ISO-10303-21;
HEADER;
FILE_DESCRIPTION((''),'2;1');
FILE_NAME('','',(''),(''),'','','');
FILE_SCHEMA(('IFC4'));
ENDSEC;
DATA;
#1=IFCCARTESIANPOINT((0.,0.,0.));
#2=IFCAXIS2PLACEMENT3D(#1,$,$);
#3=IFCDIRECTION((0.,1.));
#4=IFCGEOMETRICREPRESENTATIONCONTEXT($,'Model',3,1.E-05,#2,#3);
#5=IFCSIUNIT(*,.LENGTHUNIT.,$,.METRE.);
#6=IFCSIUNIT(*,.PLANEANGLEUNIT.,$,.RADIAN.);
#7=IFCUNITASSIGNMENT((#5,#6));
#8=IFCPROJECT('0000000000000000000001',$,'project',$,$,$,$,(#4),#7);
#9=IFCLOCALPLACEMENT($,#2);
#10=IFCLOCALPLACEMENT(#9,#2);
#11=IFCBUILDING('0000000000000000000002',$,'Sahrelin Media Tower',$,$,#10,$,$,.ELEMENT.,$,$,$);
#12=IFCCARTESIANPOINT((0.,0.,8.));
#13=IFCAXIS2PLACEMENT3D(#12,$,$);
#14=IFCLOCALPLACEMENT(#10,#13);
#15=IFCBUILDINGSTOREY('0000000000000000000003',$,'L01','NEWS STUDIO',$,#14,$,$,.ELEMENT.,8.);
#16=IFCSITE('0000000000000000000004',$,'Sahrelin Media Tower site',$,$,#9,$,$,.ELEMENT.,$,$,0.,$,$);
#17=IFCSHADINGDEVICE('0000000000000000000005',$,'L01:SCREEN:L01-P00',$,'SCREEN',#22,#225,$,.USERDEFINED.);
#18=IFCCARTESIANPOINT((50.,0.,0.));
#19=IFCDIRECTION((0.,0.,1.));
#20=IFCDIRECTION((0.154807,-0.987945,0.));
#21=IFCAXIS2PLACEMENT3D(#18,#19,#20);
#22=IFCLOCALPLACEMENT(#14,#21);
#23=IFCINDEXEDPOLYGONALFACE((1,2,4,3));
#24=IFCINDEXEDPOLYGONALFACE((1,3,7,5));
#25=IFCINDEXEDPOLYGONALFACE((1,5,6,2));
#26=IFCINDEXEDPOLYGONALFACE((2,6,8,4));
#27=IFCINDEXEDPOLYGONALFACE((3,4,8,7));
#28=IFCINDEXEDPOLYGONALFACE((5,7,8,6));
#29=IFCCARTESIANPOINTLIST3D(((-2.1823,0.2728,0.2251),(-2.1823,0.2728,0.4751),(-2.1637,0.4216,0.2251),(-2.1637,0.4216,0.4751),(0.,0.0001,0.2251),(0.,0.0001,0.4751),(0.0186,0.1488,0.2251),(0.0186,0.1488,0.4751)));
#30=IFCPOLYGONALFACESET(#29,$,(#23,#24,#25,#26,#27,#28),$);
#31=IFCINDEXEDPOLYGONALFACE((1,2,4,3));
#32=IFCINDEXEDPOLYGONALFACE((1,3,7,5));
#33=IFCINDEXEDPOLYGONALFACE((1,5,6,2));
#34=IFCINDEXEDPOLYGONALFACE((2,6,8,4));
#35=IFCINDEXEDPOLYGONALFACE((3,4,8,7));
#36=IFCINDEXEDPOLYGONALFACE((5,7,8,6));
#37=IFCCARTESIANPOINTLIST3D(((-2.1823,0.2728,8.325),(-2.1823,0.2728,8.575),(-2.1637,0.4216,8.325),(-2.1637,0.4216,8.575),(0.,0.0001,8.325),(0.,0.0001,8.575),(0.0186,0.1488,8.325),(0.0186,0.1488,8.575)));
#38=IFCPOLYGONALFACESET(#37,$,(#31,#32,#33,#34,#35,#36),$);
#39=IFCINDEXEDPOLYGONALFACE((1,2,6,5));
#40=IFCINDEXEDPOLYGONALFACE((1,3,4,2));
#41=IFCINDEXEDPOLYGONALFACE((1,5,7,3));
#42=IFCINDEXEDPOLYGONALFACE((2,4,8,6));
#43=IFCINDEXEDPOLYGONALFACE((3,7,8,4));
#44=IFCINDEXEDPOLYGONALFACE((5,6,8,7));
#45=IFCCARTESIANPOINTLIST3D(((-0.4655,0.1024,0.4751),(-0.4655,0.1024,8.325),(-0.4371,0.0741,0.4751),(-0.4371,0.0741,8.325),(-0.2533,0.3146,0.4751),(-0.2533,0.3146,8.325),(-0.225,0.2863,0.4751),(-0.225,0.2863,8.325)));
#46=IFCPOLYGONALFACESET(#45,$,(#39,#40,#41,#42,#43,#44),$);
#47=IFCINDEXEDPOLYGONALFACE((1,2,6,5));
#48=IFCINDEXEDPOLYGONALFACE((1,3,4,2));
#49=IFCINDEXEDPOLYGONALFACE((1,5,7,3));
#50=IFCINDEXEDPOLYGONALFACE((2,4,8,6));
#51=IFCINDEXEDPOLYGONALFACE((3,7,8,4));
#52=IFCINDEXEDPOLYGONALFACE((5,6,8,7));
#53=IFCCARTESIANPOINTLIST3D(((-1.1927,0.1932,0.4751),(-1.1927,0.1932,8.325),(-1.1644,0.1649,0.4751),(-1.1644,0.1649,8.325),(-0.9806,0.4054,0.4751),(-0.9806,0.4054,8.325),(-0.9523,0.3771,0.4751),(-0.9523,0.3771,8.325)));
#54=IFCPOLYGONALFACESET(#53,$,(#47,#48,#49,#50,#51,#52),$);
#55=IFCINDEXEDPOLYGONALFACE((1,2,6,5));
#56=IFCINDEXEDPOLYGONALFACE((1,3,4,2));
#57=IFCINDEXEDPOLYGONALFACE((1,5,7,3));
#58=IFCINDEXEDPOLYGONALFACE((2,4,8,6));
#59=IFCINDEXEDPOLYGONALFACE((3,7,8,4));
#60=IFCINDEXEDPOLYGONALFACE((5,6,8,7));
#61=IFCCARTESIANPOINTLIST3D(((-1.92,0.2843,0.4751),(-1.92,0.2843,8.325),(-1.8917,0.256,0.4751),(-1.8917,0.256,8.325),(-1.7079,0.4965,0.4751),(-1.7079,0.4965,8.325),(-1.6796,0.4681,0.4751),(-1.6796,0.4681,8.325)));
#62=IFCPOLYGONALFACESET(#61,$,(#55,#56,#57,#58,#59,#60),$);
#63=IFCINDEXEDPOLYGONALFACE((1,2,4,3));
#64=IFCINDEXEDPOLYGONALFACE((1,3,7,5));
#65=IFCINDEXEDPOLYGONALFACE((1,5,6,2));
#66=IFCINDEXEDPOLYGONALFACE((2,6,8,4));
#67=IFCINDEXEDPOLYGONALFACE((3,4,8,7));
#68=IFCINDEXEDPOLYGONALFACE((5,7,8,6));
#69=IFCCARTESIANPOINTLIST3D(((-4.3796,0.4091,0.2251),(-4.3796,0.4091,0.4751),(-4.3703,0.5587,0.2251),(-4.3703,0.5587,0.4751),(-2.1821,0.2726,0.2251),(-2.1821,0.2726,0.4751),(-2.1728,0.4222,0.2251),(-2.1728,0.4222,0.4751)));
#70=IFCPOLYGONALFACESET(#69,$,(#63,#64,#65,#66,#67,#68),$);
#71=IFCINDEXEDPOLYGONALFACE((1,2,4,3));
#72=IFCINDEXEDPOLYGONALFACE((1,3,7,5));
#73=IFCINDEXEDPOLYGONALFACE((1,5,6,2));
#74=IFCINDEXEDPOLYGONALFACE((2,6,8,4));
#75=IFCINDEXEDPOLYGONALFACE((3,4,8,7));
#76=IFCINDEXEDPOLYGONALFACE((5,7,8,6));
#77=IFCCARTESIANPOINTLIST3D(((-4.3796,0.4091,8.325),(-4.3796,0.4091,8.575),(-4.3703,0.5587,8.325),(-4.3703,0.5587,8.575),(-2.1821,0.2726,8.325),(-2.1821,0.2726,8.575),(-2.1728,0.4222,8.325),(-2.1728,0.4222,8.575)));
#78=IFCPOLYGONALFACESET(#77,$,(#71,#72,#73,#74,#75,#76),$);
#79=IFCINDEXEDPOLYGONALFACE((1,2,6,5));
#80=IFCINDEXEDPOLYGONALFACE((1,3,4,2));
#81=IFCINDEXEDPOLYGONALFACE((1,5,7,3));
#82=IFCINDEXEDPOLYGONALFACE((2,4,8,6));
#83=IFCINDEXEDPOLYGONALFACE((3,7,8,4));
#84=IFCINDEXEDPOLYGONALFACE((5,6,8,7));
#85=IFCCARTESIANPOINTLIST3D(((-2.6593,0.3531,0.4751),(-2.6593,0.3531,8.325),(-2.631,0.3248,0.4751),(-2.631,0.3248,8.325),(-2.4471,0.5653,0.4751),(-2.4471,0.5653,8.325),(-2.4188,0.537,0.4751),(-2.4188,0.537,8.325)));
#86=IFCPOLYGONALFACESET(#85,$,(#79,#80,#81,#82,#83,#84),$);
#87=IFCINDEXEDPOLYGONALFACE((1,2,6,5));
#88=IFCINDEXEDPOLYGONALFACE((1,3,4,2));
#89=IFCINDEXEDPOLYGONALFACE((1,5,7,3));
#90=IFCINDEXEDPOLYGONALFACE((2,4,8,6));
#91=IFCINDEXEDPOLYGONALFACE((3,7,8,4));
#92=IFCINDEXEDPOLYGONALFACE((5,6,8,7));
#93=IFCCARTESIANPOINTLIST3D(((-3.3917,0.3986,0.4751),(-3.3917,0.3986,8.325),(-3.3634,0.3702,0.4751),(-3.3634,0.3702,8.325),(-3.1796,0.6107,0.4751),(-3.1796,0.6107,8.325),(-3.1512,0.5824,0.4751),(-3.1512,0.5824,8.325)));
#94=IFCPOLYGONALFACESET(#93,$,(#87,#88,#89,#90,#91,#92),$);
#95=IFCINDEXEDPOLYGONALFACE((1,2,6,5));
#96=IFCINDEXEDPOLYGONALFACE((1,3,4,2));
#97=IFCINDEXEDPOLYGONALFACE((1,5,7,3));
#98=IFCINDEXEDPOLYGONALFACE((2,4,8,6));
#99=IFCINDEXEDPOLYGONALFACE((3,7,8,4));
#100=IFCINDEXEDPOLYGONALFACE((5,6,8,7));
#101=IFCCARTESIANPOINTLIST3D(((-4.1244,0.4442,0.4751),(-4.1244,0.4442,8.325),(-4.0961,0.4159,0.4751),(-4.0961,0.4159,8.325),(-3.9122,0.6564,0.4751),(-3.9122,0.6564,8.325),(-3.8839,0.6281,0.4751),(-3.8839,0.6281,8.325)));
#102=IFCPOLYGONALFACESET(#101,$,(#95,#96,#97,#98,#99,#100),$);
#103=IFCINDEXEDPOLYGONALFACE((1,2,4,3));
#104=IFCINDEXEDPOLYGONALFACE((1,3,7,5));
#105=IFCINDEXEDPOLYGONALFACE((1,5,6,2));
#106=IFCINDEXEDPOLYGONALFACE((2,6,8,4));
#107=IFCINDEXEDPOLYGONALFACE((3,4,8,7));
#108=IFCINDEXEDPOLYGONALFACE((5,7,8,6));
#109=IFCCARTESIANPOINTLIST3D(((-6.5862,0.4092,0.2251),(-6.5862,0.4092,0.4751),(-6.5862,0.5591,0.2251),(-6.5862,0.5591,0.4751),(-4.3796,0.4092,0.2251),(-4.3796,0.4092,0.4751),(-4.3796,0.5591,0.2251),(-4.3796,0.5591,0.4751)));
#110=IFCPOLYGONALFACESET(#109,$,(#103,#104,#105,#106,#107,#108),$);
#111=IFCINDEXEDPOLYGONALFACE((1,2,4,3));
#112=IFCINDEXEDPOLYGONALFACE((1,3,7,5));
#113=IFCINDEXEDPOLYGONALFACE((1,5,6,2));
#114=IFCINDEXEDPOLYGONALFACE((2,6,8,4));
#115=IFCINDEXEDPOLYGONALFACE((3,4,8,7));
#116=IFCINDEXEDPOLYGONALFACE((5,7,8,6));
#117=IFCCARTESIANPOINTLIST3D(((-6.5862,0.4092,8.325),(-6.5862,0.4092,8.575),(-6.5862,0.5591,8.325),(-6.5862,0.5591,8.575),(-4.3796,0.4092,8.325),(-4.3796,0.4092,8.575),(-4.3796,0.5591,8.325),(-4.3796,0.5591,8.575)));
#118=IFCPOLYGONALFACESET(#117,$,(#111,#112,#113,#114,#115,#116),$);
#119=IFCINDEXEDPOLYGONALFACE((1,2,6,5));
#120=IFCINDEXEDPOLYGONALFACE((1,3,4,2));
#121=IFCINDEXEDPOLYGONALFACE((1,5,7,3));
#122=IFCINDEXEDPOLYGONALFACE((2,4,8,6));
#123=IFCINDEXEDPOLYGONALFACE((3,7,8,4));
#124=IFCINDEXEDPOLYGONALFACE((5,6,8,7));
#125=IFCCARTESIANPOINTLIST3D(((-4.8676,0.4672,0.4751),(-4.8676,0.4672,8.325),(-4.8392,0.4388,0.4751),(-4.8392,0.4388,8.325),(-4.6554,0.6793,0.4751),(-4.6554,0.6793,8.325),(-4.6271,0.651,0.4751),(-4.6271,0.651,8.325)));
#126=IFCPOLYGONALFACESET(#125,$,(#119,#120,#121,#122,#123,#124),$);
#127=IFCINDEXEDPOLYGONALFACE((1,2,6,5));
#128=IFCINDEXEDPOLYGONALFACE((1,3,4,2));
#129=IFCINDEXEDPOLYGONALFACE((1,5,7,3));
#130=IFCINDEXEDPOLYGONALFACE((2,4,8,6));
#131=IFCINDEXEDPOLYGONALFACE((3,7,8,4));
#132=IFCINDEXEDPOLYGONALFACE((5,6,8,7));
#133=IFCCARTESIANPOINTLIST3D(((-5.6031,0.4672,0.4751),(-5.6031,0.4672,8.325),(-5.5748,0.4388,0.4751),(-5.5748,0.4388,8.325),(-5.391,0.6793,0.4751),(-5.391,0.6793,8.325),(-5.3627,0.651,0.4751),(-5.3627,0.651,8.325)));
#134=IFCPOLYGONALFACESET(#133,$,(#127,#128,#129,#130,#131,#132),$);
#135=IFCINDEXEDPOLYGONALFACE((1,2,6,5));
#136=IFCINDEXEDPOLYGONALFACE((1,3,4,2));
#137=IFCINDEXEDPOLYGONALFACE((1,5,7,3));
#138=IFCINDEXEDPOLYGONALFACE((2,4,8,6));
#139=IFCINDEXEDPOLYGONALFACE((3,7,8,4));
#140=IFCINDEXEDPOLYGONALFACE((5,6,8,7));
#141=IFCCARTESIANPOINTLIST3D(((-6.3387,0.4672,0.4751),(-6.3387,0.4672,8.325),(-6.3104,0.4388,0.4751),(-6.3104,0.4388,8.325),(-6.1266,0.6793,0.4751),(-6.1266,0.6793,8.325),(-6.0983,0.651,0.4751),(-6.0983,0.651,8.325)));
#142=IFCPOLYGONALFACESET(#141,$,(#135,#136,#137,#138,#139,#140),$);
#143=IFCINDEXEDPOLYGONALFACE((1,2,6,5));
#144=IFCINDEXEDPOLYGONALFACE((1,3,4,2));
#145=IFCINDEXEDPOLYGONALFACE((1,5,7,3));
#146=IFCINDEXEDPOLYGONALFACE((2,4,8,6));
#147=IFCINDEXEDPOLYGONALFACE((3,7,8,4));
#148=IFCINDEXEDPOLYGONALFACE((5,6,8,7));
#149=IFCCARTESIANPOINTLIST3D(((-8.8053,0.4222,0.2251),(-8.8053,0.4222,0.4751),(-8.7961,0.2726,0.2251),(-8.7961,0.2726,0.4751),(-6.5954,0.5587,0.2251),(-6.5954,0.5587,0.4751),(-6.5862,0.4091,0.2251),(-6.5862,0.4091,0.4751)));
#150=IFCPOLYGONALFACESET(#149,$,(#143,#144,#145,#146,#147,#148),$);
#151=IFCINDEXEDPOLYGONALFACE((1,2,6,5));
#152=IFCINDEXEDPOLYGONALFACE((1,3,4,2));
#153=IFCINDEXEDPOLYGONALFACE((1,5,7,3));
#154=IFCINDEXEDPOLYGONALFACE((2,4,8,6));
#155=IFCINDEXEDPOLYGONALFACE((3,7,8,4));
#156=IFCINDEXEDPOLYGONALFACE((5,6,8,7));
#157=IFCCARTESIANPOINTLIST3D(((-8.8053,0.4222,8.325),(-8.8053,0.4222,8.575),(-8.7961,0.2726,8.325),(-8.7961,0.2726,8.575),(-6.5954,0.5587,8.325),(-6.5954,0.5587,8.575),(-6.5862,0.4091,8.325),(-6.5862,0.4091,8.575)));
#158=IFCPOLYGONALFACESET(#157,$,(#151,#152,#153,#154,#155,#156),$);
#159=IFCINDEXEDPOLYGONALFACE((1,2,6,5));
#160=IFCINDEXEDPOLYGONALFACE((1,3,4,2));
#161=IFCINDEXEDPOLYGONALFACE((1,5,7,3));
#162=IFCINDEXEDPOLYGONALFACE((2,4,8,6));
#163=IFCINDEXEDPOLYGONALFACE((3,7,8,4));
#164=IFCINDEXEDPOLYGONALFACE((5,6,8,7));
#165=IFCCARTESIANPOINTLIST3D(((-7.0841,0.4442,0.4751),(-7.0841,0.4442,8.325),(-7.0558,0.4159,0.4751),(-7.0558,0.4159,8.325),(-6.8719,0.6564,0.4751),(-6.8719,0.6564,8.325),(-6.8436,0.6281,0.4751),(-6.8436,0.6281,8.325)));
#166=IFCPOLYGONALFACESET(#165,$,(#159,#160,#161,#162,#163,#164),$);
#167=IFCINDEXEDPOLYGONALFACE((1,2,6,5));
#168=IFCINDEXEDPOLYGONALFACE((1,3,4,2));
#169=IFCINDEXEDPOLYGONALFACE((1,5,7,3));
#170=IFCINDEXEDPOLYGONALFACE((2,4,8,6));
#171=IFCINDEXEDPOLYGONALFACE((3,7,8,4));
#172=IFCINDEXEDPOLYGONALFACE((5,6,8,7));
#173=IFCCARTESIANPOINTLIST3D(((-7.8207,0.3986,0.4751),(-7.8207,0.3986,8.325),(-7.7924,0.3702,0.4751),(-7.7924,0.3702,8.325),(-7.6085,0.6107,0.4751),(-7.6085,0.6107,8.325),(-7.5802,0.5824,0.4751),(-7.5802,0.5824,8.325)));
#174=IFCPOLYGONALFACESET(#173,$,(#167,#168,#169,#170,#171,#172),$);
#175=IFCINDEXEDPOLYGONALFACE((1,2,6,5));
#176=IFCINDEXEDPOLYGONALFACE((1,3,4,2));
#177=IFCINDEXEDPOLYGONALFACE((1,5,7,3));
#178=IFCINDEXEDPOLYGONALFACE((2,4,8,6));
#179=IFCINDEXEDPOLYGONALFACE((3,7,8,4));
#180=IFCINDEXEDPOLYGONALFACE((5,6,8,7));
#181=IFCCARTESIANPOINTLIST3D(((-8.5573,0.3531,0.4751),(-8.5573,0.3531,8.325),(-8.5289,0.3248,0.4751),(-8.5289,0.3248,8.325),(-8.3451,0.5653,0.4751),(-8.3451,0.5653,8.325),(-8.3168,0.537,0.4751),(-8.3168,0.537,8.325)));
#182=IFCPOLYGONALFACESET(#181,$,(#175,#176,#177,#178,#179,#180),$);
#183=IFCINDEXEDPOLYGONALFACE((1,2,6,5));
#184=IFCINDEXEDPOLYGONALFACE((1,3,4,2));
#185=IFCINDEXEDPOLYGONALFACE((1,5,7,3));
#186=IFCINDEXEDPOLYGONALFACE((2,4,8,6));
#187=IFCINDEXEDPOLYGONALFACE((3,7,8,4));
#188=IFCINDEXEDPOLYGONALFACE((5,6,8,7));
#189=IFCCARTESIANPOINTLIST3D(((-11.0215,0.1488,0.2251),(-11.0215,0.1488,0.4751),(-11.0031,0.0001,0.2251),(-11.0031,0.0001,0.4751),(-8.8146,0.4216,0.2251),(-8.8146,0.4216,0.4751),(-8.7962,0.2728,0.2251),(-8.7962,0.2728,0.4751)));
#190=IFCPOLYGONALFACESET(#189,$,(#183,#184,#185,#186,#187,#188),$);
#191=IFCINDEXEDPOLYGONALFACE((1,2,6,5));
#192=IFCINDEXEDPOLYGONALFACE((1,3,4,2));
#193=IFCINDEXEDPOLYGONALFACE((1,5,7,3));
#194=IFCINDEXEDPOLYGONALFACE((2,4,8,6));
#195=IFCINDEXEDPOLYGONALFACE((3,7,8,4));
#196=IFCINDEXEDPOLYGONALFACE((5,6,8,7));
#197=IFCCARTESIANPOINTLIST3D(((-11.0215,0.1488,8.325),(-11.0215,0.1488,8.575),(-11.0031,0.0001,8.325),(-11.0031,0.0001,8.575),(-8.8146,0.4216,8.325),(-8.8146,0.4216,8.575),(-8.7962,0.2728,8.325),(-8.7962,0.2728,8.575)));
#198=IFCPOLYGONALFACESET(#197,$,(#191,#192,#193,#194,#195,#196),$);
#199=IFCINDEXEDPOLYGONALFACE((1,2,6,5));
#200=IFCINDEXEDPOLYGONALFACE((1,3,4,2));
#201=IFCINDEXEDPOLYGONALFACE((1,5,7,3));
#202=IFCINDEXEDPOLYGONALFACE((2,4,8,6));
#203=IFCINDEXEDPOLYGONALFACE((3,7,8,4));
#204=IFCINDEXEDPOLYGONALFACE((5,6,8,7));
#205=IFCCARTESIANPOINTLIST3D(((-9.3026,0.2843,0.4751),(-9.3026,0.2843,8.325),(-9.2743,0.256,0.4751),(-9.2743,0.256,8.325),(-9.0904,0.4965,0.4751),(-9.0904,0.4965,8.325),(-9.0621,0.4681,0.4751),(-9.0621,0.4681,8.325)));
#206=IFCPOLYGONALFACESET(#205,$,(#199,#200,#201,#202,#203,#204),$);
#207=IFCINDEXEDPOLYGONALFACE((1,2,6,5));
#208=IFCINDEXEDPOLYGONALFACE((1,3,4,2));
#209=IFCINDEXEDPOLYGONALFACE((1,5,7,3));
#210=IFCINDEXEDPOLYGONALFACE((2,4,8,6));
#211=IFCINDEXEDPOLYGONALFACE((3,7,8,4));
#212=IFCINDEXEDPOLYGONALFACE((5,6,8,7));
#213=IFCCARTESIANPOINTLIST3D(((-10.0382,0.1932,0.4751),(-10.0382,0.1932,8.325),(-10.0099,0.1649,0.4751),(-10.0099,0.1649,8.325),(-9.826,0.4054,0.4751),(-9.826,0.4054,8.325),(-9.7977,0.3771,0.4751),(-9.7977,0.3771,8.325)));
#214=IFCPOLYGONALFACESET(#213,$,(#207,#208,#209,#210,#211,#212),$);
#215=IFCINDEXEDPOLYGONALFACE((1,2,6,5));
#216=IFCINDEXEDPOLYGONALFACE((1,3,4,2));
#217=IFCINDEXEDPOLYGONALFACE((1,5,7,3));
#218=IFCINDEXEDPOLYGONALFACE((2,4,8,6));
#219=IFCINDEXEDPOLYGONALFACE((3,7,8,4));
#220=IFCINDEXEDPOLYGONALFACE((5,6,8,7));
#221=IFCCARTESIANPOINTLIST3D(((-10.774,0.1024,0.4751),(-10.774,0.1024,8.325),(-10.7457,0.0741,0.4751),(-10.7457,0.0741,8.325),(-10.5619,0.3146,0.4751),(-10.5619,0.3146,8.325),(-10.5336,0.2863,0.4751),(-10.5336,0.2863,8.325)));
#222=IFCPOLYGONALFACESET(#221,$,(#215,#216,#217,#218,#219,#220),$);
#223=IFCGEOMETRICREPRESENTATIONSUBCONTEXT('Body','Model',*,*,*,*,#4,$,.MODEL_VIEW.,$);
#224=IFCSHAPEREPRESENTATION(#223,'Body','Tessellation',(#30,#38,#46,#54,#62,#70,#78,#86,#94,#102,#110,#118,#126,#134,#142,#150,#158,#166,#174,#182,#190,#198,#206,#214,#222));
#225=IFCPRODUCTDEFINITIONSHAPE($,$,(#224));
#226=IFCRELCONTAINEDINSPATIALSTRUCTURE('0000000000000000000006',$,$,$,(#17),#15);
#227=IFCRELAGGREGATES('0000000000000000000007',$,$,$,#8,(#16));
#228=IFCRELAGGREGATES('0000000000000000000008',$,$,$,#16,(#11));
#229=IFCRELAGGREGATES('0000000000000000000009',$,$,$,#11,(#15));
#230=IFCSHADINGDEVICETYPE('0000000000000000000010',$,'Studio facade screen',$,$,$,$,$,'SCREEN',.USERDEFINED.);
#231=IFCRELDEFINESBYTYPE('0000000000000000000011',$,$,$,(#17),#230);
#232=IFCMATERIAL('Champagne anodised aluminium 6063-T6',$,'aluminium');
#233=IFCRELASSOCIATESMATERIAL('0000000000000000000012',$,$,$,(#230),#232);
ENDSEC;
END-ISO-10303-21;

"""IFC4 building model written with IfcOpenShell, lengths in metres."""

from ifc_helpers import new_model, si_unit, direction, frame, origin, origin_2d, place, context, subcontext, project, spatial, rectangle, extrude, material, type_object, element, save


model = new_model("IFC4")

# Units and contexts
model_context = context("Model", 3, precision=1e-05, world=origin(), true_north=direction((0.0, 1.0)))
body_context = subcontext(model_context, "Body", "Model", "MODEL_VIEW")
ifc_project = project(units=[si_unit("LENGTHUNIT", "METRE"), si_unit("PLANEANGLEUNIT", "RADIAN")], contexts=[model_context])

# Site, building, storey
site_placement = place(None, origin())
site = spatial("IfcSite", under=ifc_project, at=site_placement, Name="Sahrelin Media Tower site", CompositionType="ELEMENT", RefElevation=0.0)
building_placement = place(site_placement, origin())
building = spatial("IfcBuilding", under=site, at=building_placement, Name="Sahrelin Media Tower", CompositionType="ELEMENT")
storey_placement = place(building_placement, frame((0.0, 0.0, 8.0)))
storey = spatial("IfcBuildingStorey", under=building, at=storey_placement, Name="L01", Description="NEWS STUDIO", CompositionType="ELEMENT", Elevation=8.0)

# Shading device
ifc_material_1 = material(Name="Champagne anodised aluminium 6063-T6", Category="aluminium")
shading_device_type = type_object("IfcShadingDeviceType", Name="Studio facade screen", ElementType="SCREEN", PredefinedType="USERDEFINED", material=ifc_material_1)
shading_device_1_placement = place(storey_placement, frame((50.0, 0.0, 0.0), z_axis=(0.0, 0.0, 1.0), x_axis=(0.154807, -0.987945, 0.0)))
element("IfcShadingDevice", 1, at=shading_device_1_placement, inside=storey, type_object=shading_device_type, Name="L01:SCREEN:L01-P00", ObjectType="SCREEN", PredefinedType="USERDEFINED", context=body_context, shape_type="SweptSolid", body=[
    extrude(rectangle(XDim=0.1499, YDim=0.25, at=origin_2d()), frame((0.0093, 0.0745, 0.3501), z_axis=(-0.992281, 0.124007, 0.0), x_axis=(-0.124007, -0.992281, 0.0)), (0.0, 0.0, 1.0), 2.1992),
    extrude(rectangle(XDim=0.1499, YDim=0.25, at=origin_2d()), frame((0.0093, 0.0745, 8.45), z_axis=(-0.992281, 0.124007, 0.0), x_axis=(-0.124007, -0.992281, 0.0)), (0.0, 0.0, 1.0), 2.1992),
    extrude(rectangle(XDim=0.3, YDim=0.04, at=origin_2d()), frame((-0.3452, 0.1943, 0.4751), z_axis=(0.0, 0.0, 1.0), x_axis=(0.707107, 0.707107, 0.0)), (0.0, 0.0, 1.0), 7.8499),
    extrude(rectangle(XDim=0.3, YDim=0.04, at=origin_2d()), frame((-1.0725, 0.2852, 0.4751), z_axis=(0.0, 0.0, 1.0), x_axis=(0.707107, 0.707107, 0.0)), (0.0, 0.0, 1.0), 7.8499),
    extrude(rectangle(XDim=0.3, YDim=0.04, at=origin_2d()), frame((-1.7998, 0.3762, 0.4751), z_axis=(0.0, 0.0, 1.0), x_axis=(0.707107, 0.707107, 0.0)), (0.0, 0.0, 1.0), 7.8499),
    extrude(rectangle(XDim=0.1499, YDim=0.25, at=origin_2d()), frame((-2.1775, 0.3474, 0.3501), z_axis=(-0.998077, 0.061985, 0.0), x_axis=(-0.061985, -0.998077, 0.0)), (0.0, 0.0, 1.0), 2.2017),
    extrude(rectangle(XDim=0.1499, YDim=0.25, at=origin_2d()), frame((-2.1775, 0.3474, 8.45), z_axis=(-0.998077, 0.061985, 0.0), x_axis=(-0.061985, -0.998077, 0.0)), (0.0, 0.0, 1.0), 2.2017),
    extrude(rectangle(XDim=0.3, YDim=0.04, at=origin_2d()), frame((-2.5391, 0.4451, 0.4751), z_axis=(0.0, 0.0, 1.0), x_axis=(0.707107, 0.707107, 0.0)), (0.0, 0.0, 1.0), 7.8499),
    extrude(rectangle(XDim=0.3, YDim=0.04, at=origin_2d()), frame((-3.2715, 0.4905, 0.4751), z_axis=(0.0, 0.0, 1.0), x_axis=(0.707107, 0.707107, 0.0)), (0.0, 0.0, 1.0), 7.8499),
    extrude(rectangle(XDim=0.3, YDim=0.04, at=origin_2d()), frame((-4.0042, 0.5361, 0.4751), z_axis=(0.0, 0.0, 1.0), x_axis=(0.707107, 0.707107, 0.0)), (0.0, 0.0, 1.0), 7.8499),
    extrude(rectangle(XDim=0.1499, YDim=0.25, at=origin_2d()), frame((-4.3796, 0.4841, 0.3501), z_axis=(-1.0, 0.0, 0.0), x_axis=(0.0, -1.0, 0.0)), (0.0, 0.0, 1.0), 2.2065),
    extrude(rectangle(XDim=0.1499, YDim=0.25, at=origin_2d()), frame((-4.3796, 0.4841, 8.45), z_axis=(-1.0, 0.0, 0.0), x_axis=(0.0, -1.0, 0.0)), (0.0, 0.0, 1.0), 2.2065),
    extrude(rectangle(XDim=0.3, YDim=0.04, at=origin_2d()), frame((-4.7473, 0.5591, 0.4751), z_axis=(0.0, 0.0, 1.0), x_axis=(0.707107, 0.707107, 0.0)), (0.0, 0.0, 1.0), 7.8499),
    extrude(rectangle(XDim=0.3, YDim=0.04, at=origin_2d()), frame((-5.4829, 0.5591, 0.4751), z_axis=(0.0, 0.0, 1.0), x_axis=(0.707107, 0.707107, 0.0)), (0.0, 0.0, 1.0), 7.8499),
    extrude(rectangle(XDim=0.3, YDim=0.04, at=origin_2d()), frame((-6.2185, 0.5591, 0.4751), z_axis=(0.0, 0.0, 1.0), x_axis=(0.707107, 0.707107, 0.0)), (0.0, 0.0, 1.0), 7.8499),
    extrude(rectangle(XDim=0.1499, YDim=0.25, at=origin_2d()), frame((-6.5908, 0.4839, 0.3501), z_axis=(-0.998099, -0.061637, 0.0), x_axis=(0.061637, -0.998099, 0.0)), (0.0, 0.0, 1.0), 2.2141),
    extrude(rectangle(XDim=0.1499, YDim=0.25, at=origin_2d()), frame((-6.5908, 0.4839, 8.45), z_axis=(-0.998099, -0.061637, 0.0), x_axis=(0.061637, -0.998099, 0.0)), (0.0, 0.0, 1.0), 2.2141),
    extrude(rectangle(XDim=0.3, YDim=0.04, at=origin_2d()), frame((-6.9639, 0.5361, 0.4751), z_axis=(0.0, 0.0, 1.0), x_axis=(0.707107, 0.707107, 0.0)), (0.0, 0.0, 1.0), 7.8499),
    extrude(rectangle(XDim=0.3, YDim=0.04, at=origin_2d()), frame((-7.7004, 0.4905, 0.4751), z_axis=(0.0, 0.0, 1.0), x_axis=(0.707107, 0.707107, 0.0)), (0.0, 0.0, 1.0), 7.8499),
    extrude(rectangle(XDim=0.3, YDim=0.04, at=origin_2d()), frame((-8.437, 0.4451, 0.4751), z_axis=(0.0, 0.0, 1.0), x_axis=(0.707107, 0.707107, 0.0)), (0.0, 0.0, 1.0), 7.8499),
    extrude(rectangle(XDim=0.1499, YDim=0.25, at=origin_2d()), frame((-8.8054, 0.3472, 0.3501), z_axis=(-0.992451, -0.122643, 0.0), x_axis=(0.122643, -0.992451, 0.0)), (0.0, 0.0, 1.0), 2.2236),
    extrude(rectangle(XDim=0.1499, YDim=0.25, at=origin_2d()), frame((-8.8054, 0.3472, 8.45), z_axis=(-0.992451, -0.122643, 0.0), x_axis=(0.122643, -0.992451, 0.0)), (0.0, 0.0, 1.0), 2.2236),
    extrude(rectangle(XDim=0.3, YDim=0.04, at=origin_2d()), frame((-9.1824, 0.3762, 0.4751), z_axis=(0.0, 0.0, 1.0), x_axis=(0.707107, 0.707107, 0.0)), (0.0, 0.0, 1.0), 7.8499),
    extrude(rectangle(XDim=0.3, YDim=0.04, at=origin_2d()), frame((-9.918, 0.2852, 0.4751), z_axis=(0.0, 0.0, 1.0), x_axis=(0.707107, 0.707107, 0.0)), (0.0, 0.0, 1.0), 7.8499),
    extrude(rectangle(XDim=0.3, YDim=0.04, at=origin_2d()), frame((-10.6538, 0.1943, 0.4751), z_axis=(0.0, 0.0, 1.0), x_axis=(0.707107, 0.707107, 0.0)), (0.0, 0.0, 1.0), 7.8499),
])

save(model, "model.ifc")
